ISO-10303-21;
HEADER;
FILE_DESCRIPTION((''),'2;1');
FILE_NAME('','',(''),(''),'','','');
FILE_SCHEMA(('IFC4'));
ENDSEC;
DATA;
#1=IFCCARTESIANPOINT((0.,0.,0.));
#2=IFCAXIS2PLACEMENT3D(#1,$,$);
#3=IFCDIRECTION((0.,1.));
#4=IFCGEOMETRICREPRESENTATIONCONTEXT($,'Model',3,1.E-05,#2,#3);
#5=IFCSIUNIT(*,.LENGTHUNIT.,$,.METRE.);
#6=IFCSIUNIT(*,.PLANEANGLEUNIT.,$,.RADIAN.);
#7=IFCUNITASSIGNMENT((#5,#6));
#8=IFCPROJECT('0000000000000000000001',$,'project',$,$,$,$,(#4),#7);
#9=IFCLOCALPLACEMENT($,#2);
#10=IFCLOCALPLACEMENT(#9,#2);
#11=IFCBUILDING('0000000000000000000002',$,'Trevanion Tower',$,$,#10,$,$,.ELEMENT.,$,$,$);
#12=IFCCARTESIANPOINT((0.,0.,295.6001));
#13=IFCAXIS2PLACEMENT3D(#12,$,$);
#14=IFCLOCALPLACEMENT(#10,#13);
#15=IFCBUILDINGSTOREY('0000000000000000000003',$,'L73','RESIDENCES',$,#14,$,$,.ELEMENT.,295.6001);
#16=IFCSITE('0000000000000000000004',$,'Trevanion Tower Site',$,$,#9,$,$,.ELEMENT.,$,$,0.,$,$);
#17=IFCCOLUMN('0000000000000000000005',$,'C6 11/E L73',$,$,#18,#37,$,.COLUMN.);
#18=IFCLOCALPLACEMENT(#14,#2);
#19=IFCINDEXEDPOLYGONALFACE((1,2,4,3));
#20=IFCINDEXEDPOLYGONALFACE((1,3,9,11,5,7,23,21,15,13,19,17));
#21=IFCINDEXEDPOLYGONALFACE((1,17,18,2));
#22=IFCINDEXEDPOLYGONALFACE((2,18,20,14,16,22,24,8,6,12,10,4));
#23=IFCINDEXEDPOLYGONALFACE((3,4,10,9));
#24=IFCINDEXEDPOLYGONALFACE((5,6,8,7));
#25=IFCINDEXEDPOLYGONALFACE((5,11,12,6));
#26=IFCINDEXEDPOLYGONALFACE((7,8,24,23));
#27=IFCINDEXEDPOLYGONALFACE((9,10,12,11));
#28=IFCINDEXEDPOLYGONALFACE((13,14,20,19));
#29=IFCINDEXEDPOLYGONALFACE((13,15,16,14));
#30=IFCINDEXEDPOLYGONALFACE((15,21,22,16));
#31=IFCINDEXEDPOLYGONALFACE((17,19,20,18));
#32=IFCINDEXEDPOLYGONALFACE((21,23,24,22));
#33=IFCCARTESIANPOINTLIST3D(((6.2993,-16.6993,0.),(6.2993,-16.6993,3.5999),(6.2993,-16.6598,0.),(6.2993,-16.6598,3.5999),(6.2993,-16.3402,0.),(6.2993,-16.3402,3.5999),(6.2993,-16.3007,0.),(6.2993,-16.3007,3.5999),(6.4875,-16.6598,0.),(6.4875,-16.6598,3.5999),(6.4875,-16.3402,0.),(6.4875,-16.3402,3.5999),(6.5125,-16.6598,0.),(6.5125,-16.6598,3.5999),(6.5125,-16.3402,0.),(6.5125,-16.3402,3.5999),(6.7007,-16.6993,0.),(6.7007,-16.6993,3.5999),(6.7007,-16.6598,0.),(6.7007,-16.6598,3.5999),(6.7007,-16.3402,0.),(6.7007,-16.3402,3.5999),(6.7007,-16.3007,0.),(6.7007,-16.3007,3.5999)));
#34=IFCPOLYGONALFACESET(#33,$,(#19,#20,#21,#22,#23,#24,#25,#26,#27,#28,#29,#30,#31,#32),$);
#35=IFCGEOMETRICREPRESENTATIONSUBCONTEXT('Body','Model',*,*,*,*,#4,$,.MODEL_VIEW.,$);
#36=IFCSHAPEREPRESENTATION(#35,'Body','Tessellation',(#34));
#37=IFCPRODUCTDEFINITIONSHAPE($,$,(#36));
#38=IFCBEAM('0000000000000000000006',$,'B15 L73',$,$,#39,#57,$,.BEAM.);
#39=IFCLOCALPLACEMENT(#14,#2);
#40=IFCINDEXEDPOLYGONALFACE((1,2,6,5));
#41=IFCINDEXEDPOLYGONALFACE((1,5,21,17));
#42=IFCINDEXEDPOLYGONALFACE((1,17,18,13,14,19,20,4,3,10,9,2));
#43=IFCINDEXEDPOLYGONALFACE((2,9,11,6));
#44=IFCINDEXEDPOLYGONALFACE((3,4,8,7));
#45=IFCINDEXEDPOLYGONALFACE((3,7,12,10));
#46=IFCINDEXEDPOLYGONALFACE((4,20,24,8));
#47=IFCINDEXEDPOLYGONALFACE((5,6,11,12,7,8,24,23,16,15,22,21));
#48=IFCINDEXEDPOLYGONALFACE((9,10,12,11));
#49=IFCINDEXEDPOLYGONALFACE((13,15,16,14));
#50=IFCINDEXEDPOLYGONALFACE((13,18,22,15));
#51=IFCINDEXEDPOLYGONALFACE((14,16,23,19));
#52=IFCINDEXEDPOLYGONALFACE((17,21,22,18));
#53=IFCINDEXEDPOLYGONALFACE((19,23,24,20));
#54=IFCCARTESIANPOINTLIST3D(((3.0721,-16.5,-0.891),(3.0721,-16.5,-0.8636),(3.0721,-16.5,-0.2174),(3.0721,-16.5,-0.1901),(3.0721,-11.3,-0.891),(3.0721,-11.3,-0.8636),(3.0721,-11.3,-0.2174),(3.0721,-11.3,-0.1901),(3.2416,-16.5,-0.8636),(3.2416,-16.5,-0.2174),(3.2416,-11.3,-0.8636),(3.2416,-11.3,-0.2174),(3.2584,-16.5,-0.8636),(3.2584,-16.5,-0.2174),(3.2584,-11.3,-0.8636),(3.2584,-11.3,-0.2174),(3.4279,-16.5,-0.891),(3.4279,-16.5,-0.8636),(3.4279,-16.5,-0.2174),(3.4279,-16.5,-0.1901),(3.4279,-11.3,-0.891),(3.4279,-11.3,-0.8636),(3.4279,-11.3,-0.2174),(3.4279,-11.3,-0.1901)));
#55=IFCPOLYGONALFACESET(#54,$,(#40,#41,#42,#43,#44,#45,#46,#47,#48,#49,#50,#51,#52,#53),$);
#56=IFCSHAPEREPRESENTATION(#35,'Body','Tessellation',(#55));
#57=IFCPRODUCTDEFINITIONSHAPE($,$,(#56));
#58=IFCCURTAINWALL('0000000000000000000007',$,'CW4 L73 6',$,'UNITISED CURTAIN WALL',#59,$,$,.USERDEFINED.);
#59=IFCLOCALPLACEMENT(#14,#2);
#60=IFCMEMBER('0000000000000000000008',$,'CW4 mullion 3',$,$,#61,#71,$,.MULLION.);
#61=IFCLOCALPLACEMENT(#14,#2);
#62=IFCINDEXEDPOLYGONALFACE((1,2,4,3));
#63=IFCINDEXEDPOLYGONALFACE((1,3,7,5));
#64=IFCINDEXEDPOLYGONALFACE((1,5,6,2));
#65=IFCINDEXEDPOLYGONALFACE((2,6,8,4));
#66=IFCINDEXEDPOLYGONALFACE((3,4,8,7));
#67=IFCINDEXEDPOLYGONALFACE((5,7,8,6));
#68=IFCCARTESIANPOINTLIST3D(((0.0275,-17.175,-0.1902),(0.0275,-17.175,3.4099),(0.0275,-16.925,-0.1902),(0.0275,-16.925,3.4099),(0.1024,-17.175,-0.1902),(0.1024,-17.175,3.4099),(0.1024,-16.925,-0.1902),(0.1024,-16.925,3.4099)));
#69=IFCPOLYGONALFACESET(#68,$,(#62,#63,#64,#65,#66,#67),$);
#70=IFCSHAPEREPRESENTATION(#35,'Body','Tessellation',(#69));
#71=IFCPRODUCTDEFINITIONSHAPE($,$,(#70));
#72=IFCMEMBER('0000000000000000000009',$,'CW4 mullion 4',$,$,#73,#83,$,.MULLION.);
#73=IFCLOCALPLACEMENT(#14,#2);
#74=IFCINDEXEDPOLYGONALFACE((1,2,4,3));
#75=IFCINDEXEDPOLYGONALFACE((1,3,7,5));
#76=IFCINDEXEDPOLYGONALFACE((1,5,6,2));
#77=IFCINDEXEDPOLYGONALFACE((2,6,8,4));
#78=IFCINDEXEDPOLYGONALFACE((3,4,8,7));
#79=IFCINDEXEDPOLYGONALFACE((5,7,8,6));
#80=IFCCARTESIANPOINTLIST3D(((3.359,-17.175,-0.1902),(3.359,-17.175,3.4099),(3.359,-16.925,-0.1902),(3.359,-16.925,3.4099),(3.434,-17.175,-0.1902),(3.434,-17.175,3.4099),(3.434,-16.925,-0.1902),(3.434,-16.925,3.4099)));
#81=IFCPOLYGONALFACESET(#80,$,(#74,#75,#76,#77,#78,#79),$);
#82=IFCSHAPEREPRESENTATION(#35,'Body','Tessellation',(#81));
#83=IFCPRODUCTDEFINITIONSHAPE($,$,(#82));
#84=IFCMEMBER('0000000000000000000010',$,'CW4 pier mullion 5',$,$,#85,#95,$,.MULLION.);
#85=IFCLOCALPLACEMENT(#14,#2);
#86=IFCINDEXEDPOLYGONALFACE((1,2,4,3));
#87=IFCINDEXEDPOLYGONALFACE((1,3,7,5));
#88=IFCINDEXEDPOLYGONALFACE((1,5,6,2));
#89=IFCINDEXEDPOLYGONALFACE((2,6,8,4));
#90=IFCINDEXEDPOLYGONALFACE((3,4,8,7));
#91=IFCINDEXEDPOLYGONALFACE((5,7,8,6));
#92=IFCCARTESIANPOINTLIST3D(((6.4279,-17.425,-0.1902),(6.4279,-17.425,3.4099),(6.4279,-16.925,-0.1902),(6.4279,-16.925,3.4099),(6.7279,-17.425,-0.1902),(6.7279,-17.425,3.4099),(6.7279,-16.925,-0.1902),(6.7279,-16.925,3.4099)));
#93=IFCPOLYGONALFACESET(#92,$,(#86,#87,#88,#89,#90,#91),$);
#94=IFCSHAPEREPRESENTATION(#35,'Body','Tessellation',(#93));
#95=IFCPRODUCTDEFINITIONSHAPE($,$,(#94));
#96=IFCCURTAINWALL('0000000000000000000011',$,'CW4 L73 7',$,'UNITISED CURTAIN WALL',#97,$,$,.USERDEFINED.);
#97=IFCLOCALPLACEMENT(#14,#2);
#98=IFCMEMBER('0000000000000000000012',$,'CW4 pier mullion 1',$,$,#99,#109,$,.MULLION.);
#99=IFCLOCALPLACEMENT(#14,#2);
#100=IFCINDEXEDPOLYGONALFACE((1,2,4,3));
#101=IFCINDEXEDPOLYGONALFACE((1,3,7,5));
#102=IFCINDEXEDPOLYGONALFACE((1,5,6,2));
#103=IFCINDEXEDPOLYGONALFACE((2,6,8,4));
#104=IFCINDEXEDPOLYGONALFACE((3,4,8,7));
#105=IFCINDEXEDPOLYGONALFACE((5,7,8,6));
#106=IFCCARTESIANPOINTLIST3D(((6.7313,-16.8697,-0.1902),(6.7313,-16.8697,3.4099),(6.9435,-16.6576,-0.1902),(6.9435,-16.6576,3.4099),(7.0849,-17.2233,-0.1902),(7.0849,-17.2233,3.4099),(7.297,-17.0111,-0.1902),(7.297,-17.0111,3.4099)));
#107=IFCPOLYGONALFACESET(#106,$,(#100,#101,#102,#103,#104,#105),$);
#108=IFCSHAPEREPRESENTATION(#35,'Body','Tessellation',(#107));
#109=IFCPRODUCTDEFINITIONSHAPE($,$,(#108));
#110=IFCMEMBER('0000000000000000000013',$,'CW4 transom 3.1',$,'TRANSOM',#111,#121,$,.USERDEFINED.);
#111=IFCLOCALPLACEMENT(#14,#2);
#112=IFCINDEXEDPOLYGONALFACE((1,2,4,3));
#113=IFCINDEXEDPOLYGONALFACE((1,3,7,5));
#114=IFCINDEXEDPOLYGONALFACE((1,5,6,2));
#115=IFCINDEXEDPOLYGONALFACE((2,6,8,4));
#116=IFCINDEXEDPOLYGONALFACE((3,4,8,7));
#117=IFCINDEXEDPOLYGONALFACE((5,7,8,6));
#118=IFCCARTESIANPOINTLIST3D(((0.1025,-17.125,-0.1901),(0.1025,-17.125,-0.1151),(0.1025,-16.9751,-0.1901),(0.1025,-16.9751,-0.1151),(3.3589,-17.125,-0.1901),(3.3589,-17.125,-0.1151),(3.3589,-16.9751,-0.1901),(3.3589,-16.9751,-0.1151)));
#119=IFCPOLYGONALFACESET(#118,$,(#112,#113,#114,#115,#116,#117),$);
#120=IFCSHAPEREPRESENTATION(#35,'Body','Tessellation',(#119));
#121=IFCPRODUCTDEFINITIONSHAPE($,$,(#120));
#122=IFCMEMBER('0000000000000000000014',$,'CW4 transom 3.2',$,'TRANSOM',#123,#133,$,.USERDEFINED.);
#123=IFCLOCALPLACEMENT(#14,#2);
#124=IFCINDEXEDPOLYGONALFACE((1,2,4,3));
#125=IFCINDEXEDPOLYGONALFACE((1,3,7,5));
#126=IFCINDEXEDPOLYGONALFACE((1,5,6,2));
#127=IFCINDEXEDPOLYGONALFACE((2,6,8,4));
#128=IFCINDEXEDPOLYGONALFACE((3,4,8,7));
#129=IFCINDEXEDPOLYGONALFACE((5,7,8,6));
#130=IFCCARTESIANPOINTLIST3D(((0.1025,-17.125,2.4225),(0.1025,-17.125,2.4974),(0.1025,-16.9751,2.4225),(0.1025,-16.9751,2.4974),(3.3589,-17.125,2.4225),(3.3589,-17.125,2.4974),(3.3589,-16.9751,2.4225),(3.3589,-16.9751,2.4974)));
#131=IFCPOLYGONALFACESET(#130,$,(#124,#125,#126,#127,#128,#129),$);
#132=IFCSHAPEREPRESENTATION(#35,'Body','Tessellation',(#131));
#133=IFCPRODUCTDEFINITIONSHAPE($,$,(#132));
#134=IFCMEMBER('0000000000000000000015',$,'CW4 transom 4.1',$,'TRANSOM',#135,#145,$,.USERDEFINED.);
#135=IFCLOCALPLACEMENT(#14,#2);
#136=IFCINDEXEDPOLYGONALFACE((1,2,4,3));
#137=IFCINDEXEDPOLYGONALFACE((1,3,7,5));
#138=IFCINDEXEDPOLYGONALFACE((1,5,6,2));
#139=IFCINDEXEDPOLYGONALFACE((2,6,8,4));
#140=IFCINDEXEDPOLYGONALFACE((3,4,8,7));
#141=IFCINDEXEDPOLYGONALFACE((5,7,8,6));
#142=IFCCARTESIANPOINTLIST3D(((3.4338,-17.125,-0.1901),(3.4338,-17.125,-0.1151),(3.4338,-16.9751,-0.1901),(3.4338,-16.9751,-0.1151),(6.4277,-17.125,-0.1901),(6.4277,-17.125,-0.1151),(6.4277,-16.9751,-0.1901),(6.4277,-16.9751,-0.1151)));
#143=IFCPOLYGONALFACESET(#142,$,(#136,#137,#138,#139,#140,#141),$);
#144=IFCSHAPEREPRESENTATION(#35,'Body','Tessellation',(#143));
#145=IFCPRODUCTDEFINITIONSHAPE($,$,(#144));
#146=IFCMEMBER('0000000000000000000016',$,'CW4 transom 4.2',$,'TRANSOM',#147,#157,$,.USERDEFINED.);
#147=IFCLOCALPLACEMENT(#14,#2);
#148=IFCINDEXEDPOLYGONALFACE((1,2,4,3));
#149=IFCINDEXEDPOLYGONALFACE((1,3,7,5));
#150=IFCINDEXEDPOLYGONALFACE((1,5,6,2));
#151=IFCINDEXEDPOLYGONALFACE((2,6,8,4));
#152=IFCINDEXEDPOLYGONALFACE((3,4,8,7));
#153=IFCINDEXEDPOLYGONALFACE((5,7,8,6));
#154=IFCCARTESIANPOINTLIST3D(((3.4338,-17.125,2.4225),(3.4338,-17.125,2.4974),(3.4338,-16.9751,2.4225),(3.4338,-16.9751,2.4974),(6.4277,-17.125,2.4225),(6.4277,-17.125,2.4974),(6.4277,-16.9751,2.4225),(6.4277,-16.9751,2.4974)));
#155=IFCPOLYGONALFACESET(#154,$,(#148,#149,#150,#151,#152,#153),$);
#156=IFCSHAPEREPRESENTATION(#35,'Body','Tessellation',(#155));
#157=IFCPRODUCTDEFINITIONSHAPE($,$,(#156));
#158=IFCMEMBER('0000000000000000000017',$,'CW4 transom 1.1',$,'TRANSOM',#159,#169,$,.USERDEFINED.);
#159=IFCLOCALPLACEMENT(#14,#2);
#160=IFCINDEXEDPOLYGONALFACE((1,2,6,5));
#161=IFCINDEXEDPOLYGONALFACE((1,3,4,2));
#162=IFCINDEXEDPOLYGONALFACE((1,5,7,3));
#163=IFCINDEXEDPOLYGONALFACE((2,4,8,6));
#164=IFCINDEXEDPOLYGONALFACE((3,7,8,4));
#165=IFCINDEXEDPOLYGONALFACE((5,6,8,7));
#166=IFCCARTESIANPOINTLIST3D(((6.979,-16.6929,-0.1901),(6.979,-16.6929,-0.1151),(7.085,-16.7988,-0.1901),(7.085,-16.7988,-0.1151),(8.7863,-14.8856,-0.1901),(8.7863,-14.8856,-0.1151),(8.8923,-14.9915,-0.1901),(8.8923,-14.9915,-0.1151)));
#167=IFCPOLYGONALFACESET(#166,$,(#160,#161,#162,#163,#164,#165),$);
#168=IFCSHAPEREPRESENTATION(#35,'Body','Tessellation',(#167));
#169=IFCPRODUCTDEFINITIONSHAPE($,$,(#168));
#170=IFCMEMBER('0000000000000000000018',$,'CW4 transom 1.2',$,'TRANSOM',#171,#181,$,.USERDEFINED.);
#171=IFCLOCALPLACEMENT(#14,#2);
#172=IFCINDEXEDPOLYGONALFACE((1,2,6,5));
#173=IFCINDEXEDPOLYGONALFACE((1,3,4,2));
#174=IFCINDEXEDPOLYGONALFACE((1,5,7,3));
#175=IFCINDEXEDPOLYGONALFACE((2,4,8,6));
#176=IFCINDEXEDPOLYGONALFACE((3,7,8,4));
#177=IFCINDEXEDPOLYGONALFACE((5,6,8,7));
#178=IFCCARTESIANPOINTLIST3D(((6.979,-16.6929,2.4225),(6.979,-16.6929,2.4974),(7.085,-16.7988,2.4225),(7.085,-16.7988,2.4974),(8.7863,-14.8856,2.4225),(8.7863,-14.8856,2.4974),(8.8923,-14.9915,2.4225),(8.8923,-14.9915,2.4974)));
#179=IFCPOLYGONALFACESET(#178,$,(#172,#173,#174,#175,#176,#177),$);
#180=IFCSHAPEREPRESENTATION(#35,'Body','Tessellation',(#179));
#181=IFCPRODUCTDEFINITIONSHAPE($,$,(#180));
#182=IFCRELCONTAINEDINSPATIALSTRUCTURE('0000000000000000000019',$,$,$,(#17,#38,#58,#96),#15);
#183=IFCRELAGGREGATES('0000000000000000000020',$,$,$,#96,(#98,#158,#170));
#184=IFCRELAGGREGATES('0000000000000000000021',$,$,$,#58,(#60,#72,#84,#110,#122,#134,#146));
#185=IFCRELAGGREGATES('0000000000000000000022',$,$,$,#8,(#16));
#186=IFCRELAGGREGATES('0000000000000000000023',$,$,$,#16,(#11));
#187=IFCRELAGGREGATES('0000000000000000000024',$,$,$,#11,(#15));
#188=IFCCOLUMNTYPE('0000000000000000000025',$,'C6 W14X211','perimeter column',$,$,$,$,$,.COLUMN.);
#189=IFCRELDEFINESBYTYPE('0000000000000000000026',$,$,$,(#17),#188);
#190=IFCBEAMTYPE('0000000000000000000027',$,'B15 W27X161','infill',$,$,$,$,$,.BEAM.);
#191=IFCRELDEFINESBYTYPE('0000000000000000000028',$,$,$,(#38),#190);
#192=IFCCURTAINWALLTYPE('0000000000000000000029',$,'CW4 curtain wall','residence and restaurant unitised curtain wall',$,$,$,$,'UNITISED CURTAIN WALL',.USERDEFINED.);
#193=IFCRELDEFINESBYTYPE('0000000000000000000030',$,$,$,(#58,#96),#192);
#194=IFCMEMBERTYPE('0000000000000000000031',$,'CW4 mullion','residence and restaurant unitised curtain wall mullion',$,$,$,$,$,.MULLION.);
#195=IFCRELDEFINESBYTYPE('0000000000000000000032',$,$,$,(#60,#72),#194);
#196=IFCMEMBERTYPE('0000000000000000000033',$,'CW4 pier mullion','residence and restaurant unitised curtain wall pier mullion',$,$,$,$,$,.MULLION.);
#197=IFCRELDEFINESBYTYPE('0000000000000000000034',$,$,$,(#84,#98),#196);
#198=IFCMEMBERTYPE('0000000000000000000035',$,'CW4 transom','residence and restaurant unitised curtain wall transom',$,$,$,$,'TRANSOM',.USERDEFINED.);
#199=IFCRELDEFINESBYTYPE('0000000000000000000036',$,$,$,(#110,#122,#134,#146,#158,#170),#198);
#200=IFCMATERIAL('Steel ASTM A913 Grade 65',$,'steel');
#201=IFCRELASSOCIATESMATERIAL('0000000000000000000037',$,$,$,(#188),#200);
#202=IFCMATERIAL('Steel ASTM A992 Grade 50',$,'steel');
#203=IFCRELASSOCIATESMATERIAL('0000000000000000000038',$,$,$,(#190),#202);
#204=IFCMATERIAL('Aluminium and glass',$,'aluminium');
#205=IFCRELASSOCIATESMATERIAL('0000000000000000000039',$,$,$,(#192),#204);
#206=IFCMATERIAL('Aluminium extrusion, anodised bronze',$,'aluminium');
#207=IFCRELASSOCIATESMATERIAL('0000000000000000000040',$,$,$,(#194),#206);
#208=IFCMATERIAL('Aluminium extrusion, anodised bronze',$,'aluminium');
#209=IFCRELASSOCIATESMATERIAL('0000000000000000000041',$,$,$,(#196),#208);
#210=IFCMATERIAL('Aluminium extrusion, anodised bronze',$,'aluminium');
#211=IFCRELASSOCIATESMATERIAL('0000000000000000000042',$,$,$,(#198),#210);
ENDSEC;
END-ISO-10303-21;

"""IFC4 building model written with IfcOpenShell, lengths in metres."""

from ifc_helpers import new_model, si_unit, direction, frame, origin, origin_2d, place, context, subcontext, project, spatial, rectangle, i_section, extrude, material, material_profile, profile_set, type_object, element, aggregate, save


model = new_model("IFC4")

# Units and contexts
model_context = context("Model", 3, precision=1e-05, world=origin(), true_north=direction((0.0, 1.0)))
body_context = subcontext(model_context, "Body", "Model", "MODEL_VIEW")
ifc_project = project(units=[si_unit("LENGTHUNIT", "METRE"), si_unit("PLANEANGLEUNIT", "RADIAN")], contexts=[model_context])

# Site, building, storey
site_placement = place(None, origin())
site = spatial("IfcSite", under=ifc_project, at=site_placement, Name="Trevanion Tower Site", CompositionType="ELEMENT", RefElevation=0.0)
building_placement = place(site_placement, origin())
building = spatial("IfcBuilding", under=site, at=building_placement, Name="Trevanion Tower", CompositionType="ELEMENT")
storey_placement = place(building_placement, frame((0.0, 0.0, 295.6001)))
storey = spatial("IfcBuildingStorey", under=building, at=storey_placement, Name="L73", Description="RESIDENCES", CompositionType="ELEMENT", Elevation=295.6001)

# Column
ifc_material_1 = material(Name="Steel ASTM A913 Grade 65", Category="steel")
ifc_material_profile_1 = material_profile(ifc_material_1, i_section(OverallWidth=0.4014, OverallDepth=0.3987, WebThickness=0.0249, FlangeThickness=0.0396, at=origin_2d()), Name="W14X211")
ifc_profile_set_1 = profile_set([ifc_material_profile_1], Name="Steel ASTM A913 Grade 65")
column_type = type_object("IfcColumnType", Name="C6 W14X211", Description="perimeter column", PredefinedType="COLUMN", material=ifc_profile_set_1)
column_placement = place(storey_placement, frame((6.5, -16.5, 0.0), z_axis=(0.0, 0.0, 1.0), x_axis=(1.0, 0.0, 0.0)))
element("IfcColumn", 1, at=column_placement, inside=storey, type_object=column_type, Name="C6 11/E L73", PredefinedType="COLUMN", context=body_context, shape_type="SweptSolid", body=[
    extrude(i_section(OverallWidth=0.4014, OverallDepth=0.3987, WebThickness=0.0249, FlangeThickness=0.0396, at=origin_2d()), origin(), (0.0, 0.0, 1.0), 3.5999),
])

# Beam
ifc_material_2 = material(Name="Steel ASTM A992 Grade 50", Category="steel")
ifc_material_profile_2 = material_profile(ifc_material_2, i_section(OverallWidth=0.3557, OverallDepth=0.7009, WebThickness=0.0168, FlangeThickness=0.0273, at=origin_2d()), Name="W27X161")
ifc_profile_set_2 = profile_set([ifc_material_profile_2], Name="Steel ASTM A992 Grade 50")
beam_type_1 = type_object("IfcBeamType", Name="B15 W27X161", Description="infill", PredefinedType="BEAM", material=ifc_profile_set_2)
beam_1_placement = place(storey_placement, frame((3.25, -11.3, -0.5405), z_axis=(0.0, -1.0, 0.0), x_axis=(1.0, 0.0, 0.0)))
element("IfcBeam", 2, at=beam_1_placement, inside=storey, type_object=beam_type_1, Name="B15 L73", PredefinedType="BEAM", context=body_context, shape_type="SweptSolid", body=[
    extrude(i_section(OverallWidth=0.3557, OverallDepth=0.7009, WebThickness=0.0168, FlangeThickness=0.0273, at=origin_2d()), origin(), (0.0, 0.0, 1.0), 5.2),
])

# Curtain wall, members
ifc_material_3 = material(Name="Aluminium and glass", Category="aluminium")
curtain_wall_type = type_object("IfcCurtainWallType", Name="CW4 curtain wall", Description="residence and restaurant unitised curtain wall", ElementType="UNITISED CURTAIN WALL", PredefinedType="USERDEFINED", material=ifc_material_3)
curtain_wall_1_placement = place(storey_placement, origin())
curtain_wall_1 = element("IfcCurtainWall", 3, at=curtain_wall_1_placement, inside=storey, type_object=curtain_wall_type, Name="CW4 L73 6", ObjectType="UNITISED CURTAIN WALL", PredefinedType="USERDEFINED")
ifc_material_4 = material(Name="Aluminium extrusion, anodised bronze", Category="aluminium")
ifc_material_profile_3 = material_profile(ifc_material_4, rectangle(XDim=0.075, YDim=0.25, at=origin_2d()), Name="CW4 mullion")
ifc_profile_set_3 = profile_set([ifc_material_profile_3], Name="Aluminium extrusion, anodised bronze")
member_type_1 = type_object("IfcMemberType", Name="CW4 mullion", Description="residence and restaurant unitised curtain wall mullion", PredefinedType="MULLION", material=ifc_profile_set_3)
member_1_placement = place(storey_placement, frame((0.0649, -17.05, -0.1902), z_axis=(0.0, 0.0, 1.0), x_axis=(1.0, 0.0, 0.0)))
member_1 = element("IfcMember", 4, at=member_1_placement, type_object=member_type_1, Name="CW4 mullion 3", PredefinedType="MULLION", context=body_context, shape_type="SweptSolid", body=[
    extrude(rectangle(XDim=0.075, YDim=0.25, at=origin_2d()), origin(), (0.0, 0.0, 1.0), 3.6001),
])
member_2_placement = place(storey_placement, frame((3.3965, -17.05, -0.1902), z_axis=(0.0, 0.0, 1.0), x_axis=(1.0, 0.0, 0.0)))
member_2 = element("IfcMember", 5, at=member_2_placement, type_object=member_type_1, Name="CW4 mullion 4", PredefinedType="MULLION", context=body_context, shape_type="SweptSolid", body=[
    extrude(rectangle(XDim=0.075, YDim=0.25, at=origin_2d()), origin(), (0.0, 0.0, 1.0), 3.6001),
])
ifc_material_5 = material(Name="Aluminium extrusion, anodised bronze", Category="aluminium")
ifc_material_profile_4 = material_profile(ifc_material_5, rectangle(XDim=0.3, YDim=0.5, at=origin_2d()), Name="CW4 pier mullion")
ifc_profile_set_4 = profile_set([ifc_material_profile_4], Name="Aluminium extrusion, anodised bronze")
member_type_2 = type_object("IfcMemberType", Name="CW4 pier mullion", Description="residence and restaurant unitised curtain wall pier mullion", PredefinedType="MULLION", material=ifc_profile_set_4)
member_3_placement = place(storey_placement, frame((6.5779, -17.175, -0.1902), z_axis=(0.0, 0.0, 1.0), x_axis=(1.0, 0.0, 0.0)))
member_3 = element("IfcMember", 6, at=member_3_placement, type_object=member_type_2, Name="CW4 pier mullion 5", PredefinedType="MULLION", context=body_context, shape_type="SweptSolid", body=[
    extrude(rectangle(XDim=0.3, YDim=0.5, at=origin_2d()), origin(), (0.0, 0.0, 1.0), 3.6001),
])

# Curtain wall, member
curtain_wall_2_placement = place(storey_placement, origin())
curtain_wall_2 = element("IfcCurtainWall", 7, at=curtain_wall_2_placement, inside=storey, type_object=curtain_wall_type, Name="CW4 L73 7", ObjectType="UNITISED CURTAIN WALL", PredefinedType="USERDEFINED")
member_4_placement = place(storey_placement, frame((7.0142, -16.9404, -0.1902), z_axis=(0.0, 0.0, 1.0), x_axis=(0.707107, 0.707107, 0.0)))
member_4 = element("IfcMember", 8, at=member_4_placement, type_object=member_type_2, Name="CW4 pier mullion 1", PredefinedType="MULLION", context=body_context, shape_type="SweptSolid", body=[
    extrude(rectangle(XDim=0.3, YDim=0.5, at=origin_2d()), origin(), (0.0, 0.0, 1.0), 3.6001),
])

# Members
ifc_material_6 = material(Name="Aluminium extrusion, anodised bronze", Category="aluminium")
ifc_material_profile_5 = material_profile(ifc_material_6, rectangle(XDim=0.1499, YDim=0.075, at=origin_2d()), Name="CW4 transom")
ifc_profile_set_5 = profile_set([ifc_material_profile_5], Name="Aluminium extrusion, anodised bronze")
member_type_3 = type_object("IfcMemberType", Name="CW4 transom", Description="residence and restaurant unitised curtain wall transom", ElementType="TRANSOM", PredefinedType="USERDEFINED", material=ifc_profile_set_5)
member_5_placement = place(storey_placement, frame((0.1025, -17.05, -0.1526), z_axis=(1.0, 0.0, 0.0), x_axis=(0.0, 1.0, 0.0)))
member_5 = element("IfcMember", 9, at=member_5_placement, type_object=member_type_3, Name="CW4 transom 3.1", ObjectType="TRANSOM", PredefinedType="USERDEFINED", context=body_context, shape_type="SweptSolid", body=[
    extrude(rectangle(XDim=0.1499, YDim=0.075, at=origin_2d()), origin(), (0.0, 0.0, 1.0), 3.2563),
])
member_6_placement = place(storey_placement, frame((0.1025, -17.05, 2.46), z_axis=(1.0, 0.0, 0.0), x_axis=(0.0, 1.0, 0.0)))
member_6 = element("IfcMember", 10, at=member_6_placement, type_object=member_type_3, Name="CW4 transom 3.2", ObjectType="TRANSOM", PredefinedType="USERDEFINED", context=body_context, shape_type="SweptSolid", body=[
    extrude(rectangle(XDim=0.1499, YDim=0.075, at=origin_2d()), origin(), (0.0, 0.0, 1.0), 3.2563),
])
member_7_placement = place(storey_placement, frame((3.4338, -17.05, -0.1526), z_axis=(1.0, 0.0, 0.0), x_axis=(0.0, 1.0, 0.0)))
member_7 = element("IfcMember", 11, at=member_7_placement, type_object=member_type_3, Name="CW4 transom 4.1", ObjectType="TRANSOM", PredefinedType="USERDEFINED", context=body_context, shape_type="SweptSolid", body=[
    extrude(rectangle(XDim=0.1499, YDim=0.075, at=origin_2d()), origin(), (0.0, 0.0, 1.0), 2.9939),
])
member_8_placement = place(storey_placement, frame((3.4338, -17.05, 2.46), z_axis=(1.0, 0.0, 0.0), x_axis=(0.0, 1.0, 0.0)))
member_8 = element("IfcMember", 12, at=member_8_placement, type_object=member_type_3, Name="CW4 transom 4.2", ObjectType="TRANSOM", PredefinedType="USERDEFINED", context=body_context, shape_type="SweptSolid", body=[
    extrude(rectangle(XDim=0.1499, YDim=0.075, at=origin_2d()), origin(), (0.0, 0.0, 1.0), 2.9939),
])
member_9_placement = place(storey_placement, frame((7.032, -16.7458, -0.1526), z_axis=(0.707107, 0.707107, 0.0), x_axis=(-0.707107, 0.707107, 0.0)))
member_9 = element("IfcMember", 13, at=member_9_placement, type_object=member_type_3, Name="CW4 transom 1.1", ObjectType="TRANSOM", PredefinedType="USERDEFINED", context=body_context, shape_type="SweptSolid", body=[
    extrude(rectangle(XDim=0.1499, YDim=0.075, at=origin_2d()), origin(), (0.0, 0.0, 1.0), 2.5559),
])
member_10_placement = place(storey_placement, frame((7.032, -16.7458, 2.46), z_axis=(0.707107, 0.707107, 0.0), x_axis=(-0.707107, 0.707107, 0.0)))
member_10 = element("IfcMember", 14, at=member_10_placement, type_object=member_type_3, Name="CW4 transom 1.2", ObjectType="TRANSOM", PredefinedType="USERDEFINED", context=body_context, shape_type="SweptSolid", body=[
    extrude(rectangle(XDim=0.1499, YDim=0.075, at=origin_2d()), origin(), (0.0, 0.0, 1.0), 2.5559),
])
aggregate(curtain_wall_2, [member_4, member_9, member_10])

aggregate(curtain_wall_1, [member_1, member_2, member_3, member_5, member_6, member_7, member_8])

save(model, "model.ifc")
